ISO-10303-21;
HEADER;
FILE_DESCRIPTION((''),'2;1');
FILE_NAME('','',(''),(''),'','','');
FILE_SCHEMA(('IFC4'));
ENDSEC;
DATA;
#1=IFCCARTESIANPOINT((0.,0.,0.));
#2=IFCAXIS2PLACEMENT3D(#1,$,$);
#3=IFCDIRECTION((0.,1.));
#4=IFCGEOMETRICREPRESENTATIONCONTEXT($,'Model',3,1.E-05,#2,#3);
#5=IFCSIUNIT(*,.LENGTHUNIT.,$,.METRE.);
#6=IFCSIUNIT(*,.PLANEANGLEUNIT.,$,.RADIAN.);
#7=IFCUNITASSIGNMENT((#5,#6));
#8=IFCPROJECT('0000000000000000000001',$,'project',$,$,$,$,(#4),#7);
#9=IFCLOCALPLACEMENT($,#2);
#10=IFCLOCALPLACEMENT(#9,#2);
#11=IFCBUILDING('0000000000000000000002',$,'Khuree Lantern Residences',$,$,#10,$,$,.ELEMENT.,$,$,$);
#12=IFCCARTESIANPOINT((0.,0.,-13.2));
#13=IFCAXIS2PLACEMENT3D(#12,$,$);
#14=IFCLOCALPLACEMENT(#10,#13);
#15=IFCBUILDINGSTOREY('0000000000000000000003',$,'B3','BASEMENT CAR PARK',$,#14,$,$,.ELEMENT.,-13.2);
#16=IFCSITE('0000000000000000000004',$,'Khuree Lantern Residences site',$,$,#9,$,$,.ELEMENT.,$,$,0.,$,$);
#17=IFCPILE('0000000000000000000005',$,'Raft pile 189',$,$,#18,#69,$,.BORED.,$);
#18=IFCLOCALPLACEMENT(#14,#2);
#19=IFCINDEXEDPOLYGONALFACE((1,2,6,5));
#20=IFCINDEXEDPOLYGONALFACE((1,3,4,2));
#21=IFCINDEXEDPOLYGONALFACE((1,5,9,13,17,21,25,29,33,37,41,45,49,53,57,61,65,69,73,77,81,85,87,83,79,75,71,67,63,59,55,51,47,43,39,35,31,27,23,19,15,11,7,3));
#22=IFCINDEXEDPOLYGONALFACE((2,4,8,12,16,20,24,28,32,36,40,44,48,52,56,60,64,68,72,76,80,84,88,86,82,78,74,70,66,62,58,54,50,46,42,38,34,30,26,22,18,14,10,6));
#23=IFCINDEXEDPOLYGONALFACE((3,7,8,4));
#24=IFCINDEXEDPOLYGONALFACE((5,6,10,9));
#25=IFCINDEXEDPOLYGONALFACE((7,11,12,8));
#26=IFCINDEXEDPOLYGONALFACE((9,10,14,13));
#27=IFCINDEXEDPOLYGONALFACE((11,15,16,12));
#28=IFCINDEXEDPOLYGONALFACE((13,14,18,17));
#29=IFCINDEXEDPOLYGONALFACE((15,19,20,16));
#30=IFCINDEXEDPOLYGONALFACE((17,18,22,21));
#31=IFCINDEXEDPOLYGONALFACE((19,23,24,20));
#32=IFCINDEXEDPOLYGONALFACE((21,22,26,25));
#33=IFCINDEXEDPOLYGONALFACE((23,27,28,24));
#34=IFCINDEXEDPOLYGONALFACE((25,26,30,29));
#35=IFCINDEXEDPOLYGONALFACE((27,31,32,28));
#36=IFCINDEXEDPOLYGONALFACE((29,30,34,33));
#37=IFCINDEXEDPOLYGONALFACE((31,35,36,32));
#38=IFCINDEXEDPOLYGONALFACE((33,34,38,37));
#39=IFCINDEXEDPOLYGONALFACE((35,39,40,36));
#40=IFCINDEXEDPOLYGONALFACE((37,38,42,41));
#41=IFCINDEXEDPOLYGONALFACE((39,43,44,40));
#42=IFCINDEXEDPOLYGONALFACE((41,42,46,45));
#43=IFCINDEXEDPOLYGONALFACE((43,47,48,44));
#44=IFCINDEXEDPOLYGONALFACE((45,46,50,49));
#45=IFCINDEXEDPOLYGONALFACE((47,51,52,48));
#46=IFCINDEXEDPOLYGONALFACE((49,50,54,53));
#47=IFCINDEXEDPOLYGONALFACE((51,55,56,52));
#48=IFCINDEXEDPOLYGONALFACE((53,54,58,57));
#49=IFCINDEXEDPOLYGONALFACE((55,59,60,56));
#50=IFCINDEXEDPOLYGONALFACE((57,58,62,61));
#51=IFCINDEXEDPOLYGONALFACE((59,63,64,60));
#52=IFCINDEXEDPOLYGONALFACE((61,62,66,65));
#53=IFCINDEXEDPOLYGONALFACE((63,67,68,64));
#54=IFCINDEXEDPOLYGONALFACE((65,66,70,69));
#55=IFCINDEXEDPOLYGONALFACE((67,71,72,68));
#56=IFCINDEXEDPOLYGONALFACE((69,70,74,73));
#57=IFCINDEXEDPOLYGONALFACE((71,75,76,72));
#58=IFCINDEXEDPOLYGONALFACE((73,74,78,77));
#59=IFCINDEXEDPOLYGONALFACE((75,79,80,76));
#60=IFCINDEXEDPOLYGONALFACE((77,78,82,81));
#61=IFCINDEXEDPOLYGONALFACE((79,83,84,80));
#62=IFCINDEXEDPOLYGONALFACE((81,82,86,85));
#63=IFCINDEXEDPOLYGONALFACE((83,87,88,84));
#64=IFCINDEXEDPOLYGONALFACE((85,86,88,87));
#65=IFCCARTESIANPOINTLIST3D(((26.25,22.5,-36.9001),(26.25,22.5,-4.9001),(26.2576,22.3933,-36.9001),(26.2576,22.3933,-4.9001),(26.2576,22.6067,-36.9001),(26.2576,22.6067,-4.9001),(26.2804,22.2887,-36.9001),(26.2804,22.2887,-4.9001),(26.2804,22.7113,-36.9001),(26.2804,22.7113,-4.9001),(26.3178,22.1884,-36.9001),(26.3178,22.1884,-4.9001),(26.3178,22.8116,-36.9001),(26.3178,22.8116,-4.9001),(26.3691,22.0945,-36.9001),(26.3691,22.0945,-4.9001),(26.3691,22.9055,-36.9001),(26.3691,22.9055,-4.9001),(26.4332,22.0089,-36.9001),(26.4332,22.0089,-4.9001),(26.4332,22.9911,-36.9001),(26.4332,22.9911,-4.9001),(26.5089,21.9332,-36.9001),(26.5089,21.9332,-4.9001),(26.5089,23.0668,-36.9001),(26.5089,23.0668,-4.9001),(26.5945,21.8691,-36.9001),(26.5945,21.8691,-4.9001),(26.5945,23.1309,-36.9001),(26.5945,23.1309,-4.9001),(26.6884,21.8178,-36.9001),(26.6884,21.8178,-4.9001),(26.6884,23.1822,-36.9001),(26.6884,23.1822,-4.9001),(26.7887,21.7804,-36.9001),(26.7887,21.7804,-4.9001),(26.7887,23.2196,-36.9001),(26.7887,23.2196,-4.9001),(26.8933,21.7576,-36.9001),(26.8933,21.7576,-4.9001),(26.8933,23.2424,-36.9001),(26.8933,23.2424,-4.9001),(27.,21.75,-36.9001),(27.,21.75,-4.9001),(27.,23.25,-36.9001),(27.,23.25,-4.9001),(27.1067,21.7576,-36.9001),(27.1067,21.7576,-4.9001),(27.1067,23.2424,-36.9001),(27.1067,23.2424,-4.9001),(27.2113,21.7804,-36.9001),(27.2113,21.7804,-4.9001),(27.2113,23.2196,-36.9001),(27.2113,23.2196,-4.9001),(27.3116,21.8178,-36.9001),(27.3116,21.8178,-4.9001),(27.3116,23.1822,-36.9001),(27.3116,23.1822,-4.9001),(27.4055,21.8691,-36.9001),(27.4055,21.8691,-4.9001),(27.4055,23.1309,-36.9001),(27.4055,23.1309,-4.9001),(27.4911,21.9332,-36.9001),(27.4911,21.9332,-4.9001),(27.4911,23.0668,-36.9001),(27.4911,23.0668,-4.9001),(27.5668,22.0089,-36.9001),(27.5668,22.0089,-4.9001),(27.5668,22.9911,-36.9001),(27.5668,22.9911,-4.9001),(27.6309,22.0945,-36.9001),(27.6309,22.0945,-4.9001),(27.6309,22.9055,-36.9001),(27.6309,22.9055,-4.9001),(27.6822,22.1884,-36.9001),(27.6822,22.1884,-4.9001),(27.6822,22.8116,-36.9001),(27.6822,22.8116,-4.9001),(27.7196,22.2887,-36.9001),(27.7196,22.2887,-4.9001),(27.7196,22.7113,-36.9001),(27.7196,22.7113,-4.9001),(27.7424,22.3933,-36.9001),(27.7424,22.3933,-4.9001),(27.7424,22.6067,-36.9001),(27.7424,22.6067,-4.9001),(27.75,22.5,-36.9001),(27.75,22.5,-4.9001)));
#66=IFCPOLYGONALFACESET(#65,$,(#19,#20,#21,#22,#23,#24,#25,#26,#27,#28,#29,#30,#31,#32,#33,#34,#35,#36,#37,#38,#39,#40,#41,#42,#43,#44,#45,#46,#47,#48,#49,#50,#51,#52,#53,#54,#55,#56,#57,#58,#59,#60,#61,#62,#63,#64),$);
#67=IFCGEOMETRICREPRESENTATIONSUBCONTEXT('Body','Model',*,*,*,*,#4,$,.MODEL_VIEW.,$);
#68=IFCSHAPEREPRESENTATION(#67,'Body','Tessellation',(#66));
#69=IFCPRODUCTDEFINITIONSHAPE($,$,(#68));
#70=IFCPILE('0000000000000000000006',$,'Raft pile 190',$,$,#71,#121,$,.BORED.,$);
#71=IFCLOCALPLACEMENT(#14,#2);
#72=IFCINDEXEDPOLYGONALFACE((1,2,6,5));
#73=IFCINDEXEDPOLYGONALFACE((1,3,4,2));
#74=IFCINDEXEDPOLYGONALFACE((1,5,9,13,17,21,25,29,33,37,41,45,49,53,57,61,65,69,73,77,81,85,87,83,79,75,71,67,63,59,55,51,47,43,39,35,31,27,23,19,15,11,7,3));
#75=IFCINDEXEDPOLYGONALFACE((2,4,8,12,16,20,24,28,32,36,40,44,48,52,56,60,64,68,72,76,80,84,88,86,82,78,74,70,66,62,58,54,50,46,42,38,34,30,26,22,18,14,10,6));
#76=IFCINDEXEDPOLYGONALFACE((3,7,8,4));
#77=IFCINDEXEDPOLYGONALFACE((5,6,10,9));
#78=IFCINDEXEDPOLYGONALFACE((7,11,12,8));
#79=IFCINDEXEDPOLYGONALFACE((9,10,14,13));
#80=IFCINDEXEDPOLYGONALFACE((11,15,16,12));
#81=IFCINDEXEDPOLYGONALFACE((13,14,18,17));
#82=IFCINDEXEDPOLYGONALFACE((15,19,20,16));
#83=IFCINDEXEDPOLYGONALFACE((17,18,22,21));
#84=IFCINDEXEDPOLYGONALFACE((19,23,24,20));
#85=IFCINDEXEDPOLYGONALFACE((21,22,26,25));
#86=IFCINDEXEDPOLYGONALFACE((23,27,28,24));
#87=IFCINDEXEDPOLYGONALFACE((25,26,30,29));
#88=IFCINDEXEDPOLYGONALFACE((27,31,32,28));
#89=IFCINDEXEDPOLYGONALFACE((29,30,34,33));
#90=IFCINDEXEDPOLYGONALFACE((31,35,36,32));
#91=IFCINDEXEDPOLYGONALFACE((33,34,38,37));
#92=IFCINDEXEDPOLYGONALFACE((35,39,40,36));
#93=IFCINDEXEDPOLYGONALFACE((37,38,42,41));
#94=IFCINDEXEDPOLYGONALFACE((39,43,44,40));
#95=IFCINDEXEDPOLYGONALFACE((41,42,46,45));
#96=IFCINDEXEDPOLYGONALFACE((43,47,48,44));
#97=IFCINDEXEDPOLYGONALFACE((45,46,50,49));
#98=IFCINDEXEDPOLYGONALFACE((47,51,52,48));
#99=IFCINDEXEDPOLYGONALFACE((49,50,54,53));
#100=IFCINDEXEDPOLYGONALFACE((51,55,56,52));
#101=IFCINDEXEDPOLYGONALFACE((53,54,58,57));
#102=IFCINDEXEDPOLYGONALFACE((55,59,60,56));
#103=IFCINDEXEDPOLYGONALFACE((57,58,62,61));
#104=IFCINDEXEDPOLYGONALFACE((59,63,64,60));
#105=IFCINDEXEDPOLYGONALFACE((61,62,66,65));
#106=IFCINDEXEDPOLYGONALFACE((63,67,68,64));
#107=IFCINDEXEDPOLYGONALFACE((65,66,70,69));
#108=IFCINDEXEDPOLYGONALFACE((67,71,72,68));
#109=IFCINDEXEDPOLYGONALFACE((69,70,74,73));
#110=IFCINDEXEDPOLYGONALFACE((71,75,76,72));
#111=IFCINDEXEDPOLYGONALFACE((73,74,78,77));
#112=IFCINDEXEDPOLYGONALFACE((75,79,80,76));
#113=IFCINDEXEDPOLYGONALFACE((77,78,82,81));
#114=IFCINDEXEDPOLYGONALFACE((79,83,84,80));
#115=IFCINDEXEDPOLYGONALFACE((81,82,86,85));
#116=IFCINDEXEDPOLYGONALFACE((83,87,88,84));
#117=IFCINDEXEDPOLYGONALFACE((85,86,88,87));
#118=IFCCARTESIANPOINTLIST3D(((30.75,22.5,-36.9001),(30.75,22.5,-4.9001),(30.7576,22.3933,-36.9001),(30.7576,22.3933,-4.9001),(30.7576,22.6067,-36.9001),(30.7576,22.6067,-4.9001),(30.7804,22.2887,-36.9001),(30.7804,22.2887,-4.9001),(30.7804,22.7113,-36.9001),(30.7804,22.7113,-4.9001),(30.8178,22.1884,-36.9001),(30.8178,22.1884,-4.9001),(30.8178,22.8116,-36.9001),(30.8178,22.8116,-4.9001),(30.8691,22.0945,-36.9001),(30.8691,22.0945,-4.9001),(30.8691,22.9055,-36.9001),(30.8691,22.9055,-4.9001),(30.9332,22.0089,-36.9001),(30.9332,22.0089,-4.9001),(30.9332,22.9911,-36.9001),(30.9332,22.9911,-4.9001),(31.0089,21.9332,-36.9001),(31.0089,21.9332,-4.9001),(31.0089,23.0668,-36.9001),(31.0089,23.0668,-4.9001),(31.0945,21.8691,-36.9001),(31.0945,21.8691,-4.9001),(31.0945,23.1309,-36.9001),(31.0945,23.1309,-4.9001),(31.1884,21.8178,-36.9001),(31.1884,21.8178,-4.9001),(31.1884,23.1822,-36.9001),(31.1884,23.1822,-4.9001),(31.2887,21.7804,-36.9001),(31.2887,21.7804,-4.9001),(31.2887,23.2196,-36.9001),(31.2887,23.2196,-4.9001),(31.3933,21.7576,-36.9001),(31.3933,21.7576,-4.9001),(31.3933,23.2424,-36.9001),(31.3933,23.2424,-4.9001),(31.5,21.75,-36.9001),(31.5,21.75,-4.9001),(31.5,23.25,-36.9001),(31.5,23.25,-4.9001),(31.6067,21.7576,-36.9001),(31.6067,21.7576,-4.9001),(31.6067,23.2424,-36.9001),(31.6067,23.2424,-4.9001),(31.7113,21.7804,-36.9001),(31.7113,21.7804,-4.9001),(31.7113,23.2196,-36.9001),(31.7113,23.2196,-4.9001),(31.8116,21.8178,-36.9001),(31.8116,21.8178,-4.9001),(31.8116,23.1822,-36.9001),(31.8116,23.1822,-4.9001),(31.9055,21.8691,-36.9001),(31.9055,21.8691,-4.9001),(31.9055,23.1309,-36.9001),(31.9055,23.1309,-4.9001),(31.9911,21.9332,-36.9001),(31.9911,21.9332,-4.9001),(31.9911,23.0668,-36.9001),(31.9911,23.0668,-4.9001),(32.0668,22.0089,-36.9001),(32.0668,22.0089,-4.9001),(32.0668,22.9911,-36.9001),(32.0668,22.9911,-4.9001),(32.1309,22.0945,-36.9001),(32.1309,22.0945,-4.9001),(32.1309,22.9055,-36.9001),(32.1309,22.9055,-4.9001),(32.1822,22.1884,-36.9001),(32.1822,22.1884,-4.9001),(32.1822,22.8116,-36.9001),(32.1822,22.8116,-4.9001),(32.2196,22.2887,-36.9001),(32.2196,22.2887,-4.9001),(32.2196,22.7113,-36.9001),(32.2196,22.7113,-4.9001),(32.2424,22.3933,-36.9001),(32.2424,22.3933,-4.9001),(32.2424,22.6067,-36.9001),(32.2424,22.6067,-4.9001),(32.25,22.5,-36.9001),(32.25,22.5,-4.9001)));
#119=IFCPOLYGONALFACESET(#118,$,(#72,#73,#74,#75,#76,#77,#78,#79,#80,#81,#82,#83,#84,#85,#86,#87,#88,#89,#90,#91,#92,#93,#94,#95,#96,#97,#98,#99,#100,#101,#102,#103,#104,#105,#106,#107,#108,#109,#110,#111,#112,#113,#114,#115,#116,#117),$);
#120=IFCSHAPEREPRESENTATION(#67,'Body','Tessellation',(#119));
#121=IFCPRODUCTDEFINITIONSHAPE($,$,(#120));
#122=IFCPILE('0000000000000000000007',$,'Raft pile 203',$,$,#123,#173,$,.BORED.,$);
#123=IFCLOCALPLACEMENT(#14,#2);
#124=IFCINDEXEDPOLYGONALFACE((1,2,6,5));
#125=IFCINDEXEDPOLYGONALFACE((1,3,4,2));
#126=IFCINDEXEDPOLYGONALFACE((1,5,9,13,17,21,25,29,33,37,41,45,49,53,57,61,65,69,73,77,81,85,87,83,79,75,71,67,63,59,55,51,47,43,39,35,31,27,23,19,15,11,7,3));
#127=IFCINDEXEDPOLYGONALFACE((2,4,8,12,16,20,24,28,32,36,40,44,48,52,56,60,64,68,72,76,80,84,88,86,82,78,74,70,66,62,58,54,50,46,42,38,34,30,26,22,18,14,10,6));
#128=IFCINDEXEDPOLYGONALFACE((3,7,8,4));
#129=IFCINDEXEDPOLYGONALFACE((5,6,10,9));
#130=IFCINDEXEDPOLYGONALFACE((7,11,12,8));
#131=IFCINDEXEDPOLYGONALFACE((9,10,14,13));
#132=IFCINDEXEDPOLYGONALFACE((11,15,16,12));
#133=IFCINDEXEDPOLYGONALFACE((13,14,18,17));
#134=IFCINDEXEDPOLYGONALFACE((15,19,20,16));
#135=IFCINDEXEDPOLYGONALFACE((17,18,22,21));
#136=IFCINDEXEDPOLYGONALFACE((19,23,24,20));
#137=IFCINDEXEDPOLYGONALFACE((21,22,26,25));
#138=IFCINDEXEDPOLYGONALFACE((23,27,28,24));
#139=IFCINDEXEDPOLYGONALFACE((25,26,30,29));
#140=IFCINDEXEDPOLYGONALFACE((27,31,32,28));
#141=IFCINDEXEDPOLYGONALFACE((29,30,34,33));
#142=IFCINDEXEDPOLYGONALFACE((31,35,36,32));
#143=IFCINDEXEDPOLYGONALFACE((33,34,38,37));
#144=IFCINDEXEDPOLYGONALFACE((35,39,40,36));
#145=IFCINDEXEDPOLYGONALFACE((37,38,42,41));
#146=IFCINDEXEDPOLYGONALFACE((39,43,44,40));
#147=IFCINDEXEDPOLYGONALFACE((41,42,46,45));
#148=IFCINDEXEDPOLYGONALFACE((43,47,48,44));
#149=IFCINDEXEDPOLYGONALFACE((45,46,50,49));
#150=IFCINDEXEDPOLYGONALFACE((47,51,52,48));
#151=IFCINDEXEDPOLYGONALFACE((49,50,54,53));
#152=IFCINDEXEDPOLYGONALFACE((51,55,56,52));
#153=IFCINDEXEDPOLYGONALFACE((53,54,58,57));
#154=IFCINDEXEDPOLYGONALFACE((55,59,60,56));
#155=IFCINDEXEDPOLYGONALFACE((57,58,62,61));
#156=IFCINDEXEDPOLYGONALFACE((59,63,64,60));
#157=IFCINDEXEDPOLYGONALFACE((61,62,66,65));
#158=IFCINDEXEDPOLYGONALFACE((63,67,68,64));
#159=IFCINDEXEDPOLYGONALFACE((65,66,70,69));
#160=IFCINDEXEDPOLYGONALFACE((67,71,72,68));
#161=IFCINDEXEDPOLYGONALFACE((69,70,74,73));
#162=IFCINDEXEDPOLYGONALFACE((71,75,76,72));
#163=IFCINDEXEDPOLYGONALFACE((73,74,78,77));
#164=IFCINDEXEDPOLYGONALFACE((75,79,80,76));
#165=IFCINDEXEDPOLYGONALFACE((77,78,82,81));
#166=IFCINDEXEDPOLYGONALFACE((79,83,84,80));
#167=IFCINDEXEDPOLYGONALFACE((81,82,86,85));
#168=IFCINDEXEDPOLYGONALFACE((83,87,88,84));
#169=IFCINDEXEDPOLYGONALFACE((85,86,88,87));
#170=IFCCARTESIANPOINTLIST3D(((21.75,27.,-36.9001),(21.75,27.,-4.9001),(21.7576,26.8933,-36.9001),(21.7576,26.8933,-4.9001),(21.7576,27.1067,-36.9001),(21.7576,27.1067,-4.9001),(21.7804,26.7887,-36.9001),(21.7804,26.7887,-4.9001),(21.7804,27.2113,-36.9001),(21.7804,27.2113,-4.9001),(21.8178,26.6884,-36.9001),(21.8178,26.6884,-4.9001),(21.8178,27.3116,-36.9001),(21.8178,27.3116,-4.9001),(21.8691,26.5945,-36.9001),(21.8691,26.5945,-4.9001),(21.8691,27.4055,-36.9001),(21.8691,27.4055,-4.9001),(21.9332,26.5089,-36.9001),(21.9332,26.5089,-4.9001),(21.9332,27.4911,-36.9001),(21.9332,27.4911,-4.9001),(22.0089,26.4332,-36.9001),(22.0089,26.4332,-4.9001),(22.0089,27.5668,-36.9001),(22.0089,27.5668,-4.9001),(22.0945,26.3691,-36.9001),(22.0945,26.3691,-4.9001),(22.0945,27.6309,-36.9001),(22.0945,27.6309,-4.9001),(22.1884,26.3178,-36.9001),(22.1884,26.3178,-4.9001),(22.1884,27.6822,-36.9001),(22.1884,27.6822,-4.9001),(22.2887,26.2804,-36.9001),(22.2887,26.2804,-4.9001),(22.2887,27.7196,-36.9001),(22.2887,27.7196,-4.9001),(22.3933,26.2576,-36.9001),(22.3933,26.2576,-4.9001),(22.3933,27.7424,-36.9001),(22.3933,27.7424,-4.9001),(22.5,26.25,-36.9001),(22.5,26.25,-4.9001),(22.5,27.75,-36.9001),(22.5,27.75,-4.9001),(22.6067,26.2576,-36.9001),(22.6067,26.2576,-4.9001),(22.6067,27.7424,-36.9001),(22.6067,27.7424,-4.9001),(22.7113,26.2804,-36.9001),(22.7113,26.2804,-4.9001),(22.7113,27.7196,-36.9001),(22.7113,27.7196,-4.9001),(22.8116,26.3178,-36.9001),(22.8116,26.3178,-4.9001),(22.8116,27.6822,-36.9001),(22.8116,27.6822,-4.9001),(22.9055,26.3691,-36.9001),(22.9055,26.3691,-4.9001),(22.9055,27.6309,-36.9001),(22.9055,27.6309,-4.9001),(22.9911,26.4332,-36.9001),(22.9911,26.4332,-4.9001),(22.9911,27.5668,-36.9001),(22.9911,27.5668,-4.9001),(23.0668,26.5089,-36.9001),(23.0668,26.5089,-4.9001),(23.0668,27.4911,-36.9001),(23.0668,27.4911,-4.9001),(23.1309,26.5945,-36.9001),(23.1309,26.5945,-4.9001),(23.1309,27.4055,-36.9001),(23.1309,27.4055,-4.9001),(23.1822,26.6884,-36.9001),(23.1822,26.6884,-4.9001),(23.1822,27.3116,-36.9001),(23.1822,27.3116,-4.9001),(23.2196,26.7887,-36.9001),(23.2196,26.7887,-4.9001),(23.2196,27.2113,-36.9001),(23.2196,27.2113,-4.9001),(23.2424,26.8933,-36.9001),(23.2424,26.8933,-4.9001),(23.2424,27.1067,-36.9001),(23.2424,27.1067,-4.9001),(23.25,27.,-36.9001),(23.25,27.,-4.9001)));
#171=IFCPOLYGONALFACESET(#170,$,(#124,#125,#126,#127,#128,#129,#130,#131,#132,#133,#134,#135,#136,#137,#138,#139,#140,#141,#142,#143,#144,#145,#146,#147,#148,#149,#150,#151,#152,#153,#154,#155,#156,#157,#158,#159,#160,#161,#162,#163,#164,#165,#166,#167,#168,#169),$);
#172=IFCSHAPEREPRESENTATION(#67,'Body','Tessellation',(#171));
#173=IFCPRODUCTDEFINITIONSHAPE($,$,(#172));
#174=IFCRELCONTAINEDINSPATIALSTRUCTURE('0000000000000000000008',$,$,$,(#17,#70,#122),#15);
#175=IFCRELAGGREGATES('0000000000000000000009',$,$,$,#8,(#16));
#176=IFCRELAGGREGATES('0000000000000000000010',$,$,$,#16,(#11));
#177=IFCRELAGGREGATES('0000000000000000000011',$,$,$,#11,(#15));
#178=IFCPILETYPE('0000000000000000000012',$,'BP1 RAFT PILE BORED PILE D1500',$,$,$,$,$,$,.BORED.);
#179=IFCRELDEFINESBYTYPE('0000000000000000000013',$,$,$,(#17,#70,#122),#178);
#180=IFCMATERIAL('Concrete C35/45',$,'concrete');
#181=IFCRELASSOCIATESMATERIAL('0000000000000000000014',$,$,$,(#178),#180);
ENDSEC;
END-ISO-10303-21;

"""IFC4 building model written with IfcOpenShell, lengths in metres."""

from ifc_helpers import new_model, si_unit, direction, frame, origin, origin_2d, place, context, subcontext, project, spatial, circle, extrude, material, material_profile, profile_set, type_object, element, save


model = new_model("IFC4")

# Units and contexts
model_context = context("Model", 3, precision=1e-05, world=origin(), true_north=direction((0.0, 1.0)))
body_context = subcontext(model_context, "Body", "Model", "MODEL_VIEW")
ifc_project = project(units=[si_unit("LENGTHUNIT", "METRE"), si_unit("PLANEANGLEUNIT", "RADIAN")], contexts=[model_context])

# Site, building, storey
site_placement = place(None, origin())
site = spatial("IfcSite", under=ifc_project, at=site_placement, Name="Khuree Lantern Residences site", CompositionType="ELEMENT", RefElevation=0.0)
building_placement = place(site_placement, origin())
building = spatial("IfcBuilding", under=site, at=building_placement, Name="Khuree Lantern Residences", CompositionType="ELEMENT")
storey_placement = place(building_placement, frame((0.0, 0.0, -13.2)))
storey = spatial("IfcBuildingStorey", under=building, at=storey_placement, Name="B3", Description="BASEMENT CAR PARK", CompositionType="ELEMENT", Elevation=-13.2)

# Piles
ifc_material_1 = material(Name="Concrete C35/45", Category="concrete")
ifc_material_profile_1 = material_profile(ifc_material_1, circle(Radius=0.75, at=origin_2d()), Name="BORED PILE D1500")
ifc_profile_set_1 = profile_set([ifc_material_profile_1], Name="Concrete C35/45")
pile_type_1 = type_object("IfcPileType", Name="BP1 RAFT PILE BORED PILE D1500", PredefinedType="BORED", material=ifc_profile_set_1)
for number, where, z_axis, x_axis, name in (
    (1, (27.0, 22.5, -4.9001), (0.0, 0.0, -1.0), (1.0, 0.0, 0.0), "Raft pile 189"),
    (2, (31.5, 22.5, -4.9001), (0.0, 0.0, -1.0), (1.0, 0.0, 0.0), "Raft pile 190"),
    (3, (22.5, 27.0, -4.9001), (0.0, 0.0, -1.0), (1.0, 0.0, 0.0), "Raft pile 203"),
):
    element("IfcPile", number, at=place(storey_placement, frame(where, z_axis=z_axis, x_axis=x_axis)), inside=storey, type_object=pile_type_1, Name=name, PredefinedType="BORED", context=body_context, shape_type="SweptSolid", body=[
        extrude(circle(Radius=0.75, at=origin_2d()), origin(), (0.0, 0.0, 1.0), 32.0),
    ])

save(model, "model.ifc")
